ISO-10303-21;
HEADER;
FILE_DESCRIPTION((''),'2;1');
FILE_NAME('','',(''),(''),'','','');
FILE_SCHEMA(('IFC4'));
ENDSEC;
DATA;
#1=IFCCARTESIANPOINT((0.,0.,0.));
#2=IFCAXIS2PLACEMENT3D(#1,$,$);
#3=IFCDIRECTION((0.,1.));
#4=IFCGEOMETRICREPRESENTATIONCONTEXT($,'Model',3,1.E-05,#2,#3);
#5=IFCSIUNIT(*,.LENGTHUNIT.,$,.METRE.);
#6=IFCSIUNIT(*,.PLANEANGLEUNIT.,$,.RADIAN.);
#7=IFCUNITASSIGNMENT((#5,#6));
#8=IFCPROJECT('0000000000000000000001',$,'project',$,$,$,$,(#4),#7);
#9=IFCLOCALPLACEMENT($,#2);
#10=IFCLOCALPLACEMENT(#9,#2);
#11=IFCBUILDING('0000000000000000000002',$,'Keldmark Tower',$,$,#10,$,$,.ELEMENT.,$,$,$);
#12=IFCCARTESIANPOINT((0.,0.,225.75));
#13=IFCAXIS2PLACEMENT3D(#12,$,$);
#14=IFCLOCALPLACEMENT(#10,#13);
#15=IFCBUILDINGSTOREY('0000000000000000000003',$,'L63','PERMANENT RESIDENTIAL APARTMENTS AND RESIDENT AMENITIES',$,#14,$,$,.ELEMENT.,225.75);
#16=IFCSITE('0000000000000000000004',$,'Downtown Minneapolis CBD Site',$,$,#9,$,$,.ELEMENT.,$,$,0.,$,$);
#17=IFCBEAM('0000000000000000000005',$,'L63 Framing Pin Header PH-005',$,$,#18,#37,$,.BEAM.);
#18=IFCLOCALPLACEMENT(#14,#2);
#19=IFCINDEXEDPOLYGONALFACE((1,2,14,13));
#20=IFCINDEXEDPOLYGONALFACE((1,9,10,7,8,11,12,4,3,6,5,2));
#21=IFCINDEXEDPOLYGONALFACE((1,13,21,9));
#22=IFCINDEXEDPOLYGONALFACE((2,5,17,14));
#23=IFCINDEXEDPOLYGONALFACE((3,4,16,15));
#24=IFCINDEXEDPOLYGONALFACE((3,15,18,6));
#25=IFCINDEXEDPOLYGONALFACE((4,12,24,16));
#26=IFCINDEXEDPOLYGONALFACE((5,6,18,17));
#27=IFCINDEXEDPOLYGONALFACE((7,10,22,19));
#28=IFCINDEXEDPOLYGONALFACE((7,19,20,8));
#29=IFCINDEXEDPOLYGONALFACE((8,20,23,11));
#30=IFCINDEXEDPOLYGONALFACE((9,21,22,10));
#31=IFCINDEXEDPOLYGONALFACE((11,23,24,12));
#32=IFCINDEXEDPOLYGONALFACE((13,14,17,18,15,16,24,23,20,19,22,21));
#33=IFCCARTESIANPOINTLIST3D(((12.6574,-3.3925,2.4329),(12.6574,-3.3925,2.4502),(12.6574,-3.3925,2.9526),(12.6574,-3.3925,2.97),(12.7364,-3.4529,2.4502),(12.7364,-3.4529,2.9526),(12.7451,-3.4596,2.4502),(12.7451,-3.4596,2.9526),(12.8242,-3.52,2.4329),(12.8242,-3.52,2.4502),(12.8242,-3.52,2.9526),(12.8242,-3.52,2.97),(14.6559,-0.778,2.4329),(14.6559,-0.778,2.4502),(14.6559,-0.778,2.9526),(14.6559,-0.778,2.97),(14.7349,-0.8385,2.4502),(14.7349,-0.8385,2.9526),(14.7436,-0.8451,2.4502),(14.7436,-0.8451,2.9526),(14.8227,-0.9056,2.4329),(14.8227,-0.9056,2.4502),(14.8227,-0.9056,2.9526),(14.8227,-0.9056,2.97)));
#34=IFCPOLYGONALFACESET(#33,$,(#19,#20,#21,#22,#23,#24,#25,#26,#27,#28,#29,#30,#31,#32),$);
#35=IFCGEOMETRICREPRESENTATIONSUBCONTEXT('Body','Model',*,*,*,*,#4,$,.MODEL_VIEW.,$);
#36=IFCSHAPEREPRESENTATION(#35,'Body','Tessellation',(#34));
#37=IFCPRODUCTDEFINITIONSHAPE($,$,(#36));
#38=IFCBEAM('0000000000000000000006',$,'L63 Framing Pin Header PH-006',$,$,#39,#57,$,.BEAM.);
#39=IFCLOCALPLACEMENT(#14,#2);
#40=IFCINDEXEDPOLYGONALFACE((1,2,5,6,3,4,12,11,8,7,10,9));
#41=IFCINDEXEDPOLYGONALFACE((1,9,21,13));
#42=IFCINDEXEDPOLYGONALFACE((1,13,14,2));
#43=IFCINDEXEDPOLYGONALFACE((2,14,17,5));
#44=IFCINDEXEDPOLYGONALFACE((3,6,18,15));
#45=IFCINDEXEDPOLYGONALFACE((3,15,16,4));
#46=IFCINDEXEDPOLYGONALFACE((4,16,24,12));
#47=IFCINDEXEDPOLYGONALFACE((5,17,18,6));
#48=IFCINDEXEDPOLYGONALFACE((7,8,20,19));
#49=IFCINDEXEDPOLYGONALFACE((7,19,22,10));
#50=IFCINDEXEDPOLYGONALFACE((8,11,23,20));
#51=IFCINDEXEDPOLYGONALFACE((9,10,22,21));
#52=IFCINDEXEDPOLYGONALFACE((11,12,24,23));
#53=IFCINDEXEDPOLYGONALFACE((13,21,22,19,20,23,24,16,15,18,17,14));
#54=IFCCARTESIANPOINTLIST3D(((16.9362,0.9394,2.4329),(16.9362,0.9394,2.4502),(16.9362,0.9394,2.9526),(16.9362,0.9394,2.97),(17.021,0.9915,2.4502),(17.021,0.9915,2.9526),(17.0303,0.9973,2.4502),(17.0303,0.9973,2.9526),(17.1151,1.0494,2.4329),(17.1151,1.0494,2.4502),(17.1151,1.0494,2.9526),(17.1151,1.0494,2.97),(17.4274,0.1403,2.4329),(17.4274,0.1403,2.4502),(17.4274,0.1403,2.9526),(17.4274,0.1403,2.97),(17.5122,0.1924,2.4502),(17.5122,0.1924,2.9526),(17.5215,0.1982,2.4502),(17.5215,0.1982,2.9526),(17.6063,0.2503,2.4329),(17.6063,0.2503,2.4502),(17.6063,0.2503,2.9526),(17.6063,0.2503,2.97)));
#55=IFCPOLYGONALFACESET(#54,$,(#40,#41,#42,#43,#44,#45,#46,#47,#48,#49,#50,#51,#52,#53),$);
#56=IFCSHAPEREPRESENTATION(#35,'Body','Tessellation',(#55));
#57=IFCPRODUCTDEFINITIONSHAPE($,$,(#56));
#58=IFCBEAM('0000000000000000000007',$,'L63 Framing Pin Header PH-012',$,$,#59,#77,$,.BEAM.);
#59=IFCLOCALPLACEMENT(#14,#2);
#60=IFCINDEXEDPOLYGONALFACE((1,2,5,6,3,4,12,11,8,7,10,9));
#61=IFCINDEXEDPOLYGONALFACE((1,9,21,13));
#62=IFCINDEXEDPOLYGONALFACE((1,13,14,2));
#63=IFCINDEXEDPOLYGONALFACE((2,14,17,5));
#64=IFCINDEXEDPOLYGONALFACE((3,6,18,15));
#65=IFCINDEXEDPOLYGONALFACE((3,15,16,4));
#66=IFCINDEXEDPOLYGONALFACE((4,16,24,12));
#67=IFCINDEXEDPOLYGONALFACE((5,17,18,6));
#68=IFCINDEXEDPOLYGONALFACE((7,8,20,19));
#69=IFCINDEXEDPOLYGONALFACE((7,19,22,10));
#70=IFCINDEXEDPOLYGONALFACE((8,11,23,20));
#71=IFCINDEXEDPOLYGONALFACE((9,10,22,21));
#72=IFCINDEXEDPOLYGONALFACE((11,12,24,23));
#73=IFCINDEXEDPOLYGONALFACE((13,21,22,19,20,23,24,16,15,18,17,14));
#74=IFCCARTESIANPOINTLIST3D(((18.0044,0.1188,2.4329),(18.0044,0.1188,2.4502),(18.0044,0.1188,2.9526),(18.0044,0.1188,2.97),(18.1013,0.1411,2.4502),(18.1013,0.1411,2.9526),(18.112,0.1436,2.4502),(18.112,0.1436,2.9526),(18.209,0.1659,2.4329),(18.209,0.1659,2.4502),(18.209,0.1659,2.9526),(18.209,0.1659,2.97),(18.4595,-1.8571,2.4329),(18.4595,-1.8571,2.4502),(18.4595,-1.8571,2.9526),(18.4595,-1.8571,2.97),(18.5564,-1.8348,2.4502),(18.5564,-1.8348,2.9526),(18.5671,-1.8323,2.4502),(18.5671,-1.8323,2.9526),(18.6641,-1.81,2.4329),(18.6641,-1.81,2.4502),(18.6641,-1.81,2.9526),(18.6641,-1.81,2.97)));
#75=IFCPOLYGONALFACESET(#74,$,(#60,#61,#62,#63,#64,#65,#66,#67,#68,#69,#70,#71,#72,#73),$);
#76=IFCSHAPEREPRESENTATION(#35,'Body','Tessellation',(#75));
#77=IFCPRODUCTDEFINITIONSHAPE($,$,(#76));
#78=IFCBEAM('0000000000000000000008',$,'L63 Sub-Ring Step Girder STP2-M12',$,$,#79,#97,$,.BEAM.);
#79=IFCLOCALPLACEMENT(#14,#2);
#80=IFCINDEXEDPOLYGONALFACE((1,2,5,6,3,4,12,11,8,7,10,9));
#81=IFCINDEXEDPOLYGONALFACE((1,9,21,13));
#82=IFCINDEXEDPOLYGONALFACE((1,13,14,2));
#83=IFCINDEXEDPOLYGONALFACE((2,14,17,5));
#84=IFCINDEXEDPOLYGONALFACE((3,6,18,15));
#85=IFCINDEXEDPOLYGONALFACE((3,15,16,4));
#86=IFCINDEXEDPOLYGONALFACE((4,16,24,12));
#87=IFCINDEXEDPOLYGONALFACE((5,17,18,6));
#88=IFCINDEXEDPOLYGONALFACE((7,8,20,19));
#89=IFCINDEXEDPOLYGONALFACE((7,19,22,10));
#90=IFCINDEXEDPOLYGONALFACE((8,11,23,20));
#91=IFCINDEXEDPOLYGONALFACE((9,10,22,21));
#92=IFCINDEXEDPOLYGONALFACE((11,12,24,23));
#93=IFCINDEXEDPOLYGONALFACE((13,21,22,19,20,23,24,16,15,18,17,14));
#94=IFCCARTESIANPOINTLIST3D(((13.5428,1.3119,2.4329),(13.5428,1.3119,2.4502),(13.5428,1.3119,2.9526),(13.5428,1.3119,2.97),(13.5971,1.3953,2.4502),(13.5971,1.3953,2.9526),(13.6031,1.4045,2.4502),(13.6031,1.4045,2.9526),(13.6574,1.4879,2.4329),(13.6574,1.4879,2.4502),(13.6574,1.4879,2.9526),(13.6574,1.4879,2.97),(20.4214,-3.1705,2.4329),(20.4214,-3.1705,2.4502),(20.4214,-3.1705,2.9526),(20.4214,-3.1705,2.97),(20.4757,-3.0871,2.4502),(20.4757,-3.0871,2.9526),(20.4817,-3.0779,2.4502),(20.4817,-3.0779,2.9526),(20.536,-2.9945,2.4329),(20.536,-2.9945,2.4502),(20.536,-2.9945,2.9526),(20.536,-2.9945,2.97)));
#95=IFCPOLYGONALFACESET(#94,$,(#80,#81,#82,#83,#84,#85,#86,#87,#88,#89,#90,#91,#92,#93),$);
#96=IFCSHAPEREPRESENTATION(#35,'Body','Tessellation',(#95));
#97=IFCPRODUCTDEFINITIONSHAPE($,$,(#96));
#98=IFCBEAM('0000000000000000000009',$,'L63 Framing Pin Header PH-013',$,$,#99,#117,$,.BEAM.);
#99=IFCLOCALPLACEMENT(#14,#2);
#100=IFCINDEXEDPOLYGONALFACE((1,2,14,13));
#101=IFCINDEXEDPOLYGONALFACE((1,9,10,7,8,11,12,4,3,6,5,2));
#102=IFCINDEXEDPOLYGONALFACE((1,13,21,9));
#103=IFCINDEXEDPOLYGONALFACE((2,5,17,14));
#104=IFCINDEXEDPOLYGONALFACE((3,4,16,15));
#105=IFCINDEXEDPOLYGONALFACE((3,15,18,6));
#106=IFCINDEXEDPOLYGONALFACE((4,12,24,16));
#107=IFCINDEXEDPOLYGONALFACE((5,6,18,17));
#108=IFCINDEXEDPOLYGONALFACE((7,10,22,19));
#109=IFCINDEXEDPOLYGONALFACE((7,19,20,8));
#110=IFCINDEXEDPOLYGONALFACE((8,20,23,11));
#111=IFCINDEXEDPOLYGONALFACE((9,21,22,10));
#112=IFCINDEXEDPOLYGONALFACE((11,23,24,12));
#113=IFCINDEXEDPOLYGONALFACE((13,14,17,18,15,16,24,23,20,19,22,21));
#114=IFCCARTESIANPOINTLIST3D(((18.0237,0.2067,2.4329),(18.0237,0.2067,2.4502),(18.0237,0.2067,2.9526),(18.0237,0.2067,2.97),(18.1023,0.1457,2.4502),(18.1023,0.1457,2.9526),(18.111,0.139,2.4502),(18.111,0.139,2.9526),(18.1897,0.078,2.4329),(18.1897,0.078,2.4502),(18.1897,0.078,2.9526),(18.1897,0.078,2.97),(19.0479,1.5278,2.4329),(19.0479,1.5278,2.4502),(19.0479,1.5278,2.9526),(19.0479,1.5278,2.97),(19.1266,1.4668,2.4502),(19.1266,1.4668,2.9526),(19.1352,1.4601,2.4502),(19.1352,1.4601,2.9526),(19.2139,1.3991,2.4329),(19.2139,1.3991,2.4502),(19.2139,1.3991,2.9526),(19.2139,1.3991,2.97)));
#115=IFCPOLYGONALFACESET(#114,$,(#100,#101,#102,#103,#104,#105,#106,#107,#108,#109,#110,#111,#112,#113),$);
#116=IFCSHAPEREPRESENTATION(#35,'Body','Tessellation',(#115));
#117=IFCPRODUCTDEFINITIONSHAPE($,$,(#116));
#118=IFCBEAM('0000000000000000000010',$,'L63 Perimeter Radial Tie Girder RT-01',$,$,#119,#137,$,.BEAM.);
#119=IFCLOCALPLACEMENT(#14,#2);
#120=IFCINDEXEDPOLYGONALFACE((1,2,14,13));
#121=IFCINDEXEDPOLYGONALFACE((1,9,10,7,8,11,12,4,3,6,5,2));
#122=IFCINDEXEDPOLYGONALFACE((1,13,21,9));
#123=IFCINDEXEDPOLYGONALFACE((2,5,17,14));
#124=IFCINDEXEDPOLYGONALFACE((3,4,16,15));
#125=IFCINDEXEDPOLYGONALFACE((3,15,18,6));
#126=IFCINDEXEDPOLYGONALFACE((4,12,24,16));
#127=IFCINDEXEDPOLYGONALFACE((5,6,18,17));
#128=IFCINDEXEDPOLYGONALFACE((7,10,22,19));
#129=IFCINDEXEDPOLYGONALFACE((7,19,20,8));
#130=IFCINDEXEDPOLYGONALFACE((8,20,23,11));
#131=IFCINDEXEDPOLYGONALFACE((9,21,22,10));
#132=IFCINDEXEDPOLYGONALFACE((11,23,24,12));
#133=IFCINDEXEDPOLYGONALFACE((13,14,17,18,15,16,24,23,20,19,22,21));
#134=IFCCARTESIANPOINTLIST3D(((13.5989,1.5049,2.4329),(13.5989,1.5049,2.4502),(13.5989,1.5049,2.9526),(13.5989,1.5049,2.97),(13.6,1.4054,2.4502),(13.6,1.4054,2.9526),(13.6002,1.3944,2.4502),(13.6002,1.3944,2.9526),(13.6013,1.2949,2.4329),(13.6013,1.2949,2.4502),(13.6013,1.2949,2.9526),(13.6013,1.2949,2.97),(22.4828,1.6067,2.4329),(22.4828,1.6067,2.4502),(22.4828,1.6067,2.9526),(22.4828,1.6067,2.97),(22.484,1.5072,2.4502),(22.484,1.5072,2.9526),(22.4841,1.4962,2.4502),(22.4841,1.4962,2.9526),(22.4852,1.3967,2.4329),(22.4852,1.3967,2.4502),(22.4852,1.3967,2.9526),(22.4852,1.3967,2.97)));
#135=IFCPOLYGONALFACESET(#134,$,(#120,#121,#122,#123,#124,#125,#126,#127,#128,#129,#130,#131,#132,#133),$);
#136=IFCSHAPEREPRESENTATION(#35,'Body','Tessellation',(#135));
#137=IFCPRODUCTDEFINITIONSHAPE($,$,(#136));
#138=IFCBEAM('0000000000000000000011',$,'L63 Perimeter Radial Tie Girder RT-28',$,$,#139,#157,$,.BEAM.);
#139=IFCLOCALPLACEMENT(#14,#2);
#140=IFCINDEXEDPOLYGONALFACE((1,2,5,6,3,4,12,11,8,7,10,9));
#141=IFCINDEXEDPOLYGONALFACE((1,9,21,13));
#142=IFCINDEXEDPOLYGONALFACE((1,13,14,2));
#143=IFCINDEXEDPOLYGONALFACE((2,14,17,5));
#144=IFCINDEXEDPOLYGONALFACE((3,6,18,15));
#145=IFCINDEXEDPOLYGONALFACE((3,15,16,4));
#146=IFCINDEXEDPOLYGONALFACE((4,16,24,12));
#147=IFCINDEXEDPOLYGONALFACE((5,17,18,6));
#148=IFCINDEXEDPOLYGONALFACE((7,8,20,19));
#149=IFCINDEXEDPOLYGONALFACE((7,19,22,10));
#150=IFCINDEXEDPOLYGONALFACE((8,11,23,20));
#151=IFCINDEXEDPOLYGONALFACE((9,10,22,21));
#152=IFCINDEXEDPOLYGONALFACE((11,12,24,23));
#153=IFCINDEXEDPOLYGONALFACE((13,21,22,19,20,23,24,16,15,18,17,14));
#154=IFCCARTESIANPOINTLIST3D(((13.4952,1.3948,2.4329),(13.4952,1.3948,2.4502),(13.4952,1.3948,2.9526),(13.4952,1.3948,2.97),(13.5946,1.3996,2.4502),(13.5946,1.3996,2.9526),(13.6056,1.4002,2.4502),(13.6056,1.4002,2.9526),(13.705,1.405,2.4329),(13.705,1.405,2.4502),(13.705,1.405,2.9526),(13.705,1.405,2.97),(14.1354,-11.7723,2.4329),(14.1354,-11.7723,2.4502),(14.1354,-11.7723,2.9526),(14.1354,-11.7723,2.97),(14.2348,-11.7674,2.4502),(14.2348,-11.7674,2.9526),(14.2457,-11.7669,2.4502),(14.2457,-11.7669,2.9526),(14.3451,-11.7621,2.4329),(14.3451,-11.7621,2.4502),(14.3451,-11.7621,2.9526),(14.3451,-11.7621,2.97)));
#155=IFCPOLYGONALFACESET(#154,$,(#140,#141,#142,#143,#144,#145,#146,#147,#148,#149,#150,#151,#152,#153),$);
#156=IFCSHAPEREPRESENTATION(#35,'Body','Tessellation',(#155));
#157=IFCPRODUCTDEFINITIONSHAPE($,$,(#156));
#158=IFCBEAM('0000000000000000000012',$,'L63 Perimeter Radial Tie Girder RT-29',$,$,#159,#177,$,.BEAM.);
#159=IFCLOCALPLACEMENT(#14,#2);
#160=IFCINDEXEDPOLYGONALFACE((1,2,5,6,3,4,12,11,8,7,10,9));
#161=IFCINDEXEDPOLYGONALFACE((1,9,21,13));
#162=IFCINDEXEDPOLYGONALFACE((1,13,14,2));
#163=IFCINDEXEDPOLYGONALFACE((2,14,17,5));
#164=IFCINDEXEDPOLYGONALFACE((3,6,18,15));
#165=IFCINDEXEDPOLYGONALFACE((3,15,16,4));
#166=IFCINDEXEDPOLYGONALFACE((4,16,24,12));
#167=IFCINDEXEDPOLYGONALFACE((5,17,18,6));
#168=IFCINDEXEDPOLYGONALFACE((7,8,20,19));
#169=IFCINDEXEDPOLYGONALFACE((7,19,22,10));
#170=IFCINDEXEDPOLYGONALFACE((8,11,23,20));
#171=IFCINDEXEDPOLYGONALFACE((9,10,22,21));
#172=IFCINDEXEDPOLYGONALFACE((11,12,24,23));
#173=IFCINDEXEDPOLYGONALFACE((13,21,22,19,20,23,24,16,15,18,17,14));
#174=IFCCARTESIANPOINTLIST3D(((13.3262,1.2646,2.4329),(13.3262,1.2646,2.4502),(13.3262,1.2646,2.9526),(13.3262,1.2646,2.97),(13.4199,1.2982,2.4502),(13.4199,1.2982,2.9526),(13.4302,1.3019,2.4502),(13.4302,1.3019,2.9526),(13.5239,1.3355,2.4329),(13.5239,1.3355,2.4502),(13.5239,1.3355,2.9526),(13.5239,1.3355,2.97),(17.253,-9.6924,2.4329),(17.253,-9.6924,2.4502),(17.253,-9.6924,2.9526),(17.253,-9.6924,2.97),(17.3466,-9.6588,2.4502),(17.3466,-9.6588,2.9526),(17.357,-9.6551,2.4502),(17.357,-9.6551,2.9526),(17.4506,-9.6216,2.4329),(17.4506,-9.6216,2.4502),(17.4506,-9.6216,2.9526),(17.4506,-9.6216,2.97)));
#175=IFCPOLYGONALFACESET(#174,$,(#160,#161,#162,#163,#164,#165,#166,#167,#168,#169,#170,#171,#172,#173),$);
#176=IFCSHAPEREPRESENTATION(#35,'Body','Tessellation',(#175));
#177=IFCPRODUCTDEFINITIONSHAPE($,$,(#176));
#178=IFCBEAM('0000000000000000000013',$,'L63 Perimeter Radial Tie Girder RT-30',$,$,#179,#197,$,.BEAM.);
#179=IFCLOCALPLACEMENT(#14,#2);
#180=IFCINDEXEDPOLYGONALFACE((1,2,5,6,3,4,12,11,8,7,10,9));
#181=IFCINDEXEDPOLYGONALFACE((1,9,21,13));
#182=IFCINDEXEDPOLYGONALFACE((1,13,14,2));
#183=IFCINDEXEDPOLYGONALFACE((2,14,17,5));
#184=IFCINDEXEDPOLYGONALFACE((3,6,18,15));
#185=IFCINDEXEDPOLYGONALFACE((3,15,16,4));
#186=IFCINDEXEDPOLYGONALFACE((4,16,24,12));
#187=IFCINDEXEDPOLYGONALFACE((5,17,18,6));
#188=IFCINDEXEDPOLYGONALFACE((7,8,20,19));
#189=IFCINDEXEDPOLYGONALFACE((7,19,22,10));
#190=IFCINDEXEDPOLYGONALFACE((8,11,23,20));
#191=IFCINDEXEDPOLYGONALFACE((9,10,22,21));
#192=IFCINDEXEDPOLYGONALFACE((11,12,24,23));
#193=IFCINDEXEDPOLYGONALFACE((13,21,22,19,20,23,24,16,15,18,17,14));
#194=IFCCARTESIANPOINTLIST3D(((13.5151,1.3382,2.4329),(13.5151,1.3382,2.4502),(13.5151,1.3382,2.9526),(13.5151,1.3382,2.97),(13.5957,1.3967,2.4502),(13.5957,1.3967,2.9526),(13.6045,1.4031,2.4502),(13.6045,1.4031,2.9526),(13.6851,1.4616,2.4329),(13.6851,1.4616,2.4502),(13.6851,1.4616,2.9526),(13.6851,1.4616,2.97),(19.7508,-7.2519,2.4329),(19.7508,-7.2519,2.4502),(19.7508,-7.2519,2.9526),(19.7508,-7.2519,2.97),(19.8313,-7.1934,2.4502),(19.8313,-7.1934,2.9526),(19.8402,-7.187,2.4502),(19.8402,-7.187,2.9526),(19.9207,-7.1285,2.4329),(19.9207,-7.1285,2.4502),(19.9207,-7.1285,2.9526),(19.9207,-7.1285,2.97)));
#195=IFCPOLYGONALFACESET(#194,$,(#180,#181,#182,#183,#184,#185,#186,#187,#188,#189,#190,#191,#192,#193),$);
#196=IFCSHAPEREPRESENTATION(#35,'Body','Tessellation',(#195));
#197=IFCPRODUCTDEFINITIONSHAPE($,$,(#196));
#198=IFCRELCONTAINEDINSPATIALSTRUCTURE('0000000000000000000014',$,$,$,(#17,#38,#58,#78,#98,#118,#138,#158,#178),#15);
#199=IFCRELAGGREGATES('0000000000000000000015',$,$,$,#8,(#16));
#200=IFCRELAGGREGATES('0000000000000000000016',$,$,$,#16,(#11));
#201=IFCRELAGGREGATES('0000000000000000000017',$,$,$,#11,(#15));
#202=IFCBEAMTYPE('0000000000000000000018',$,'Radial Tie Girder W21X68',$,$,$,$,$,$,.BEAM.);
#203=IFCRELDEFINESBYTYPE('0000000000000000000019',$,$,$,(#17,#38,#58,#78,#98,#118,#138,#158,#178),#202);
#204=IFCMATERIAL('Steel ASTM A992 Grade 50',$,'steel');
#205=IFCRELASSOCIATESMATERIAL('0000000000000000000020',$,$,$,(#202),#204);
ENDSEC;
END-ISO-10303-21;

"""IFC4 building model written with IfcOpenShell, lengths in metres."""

from ifc_helpers import new_model, si_unit, direction, frame, origin, origin_2d, place, context, subcontext, project, spatial, i_section, extrude, material, material_profile, profile_set, type_object, element, save


model = new_model("IFC4")

# Units and contexts
model_context = context("Model", 3, precision=1e-05, world=origin(), true_north=direction((0.0, 1.0)))
body_context = subcontext(model_context, "Body", "Model", "MODEL_VIEW")
ifc_project = project(units=[si_unit("LENGTHUNIT", "METRE"), si_unit("PLANEANGLEUNIT", "RADIAN")], contexts=[model_context])

# Site, building, storey
site_placement = place(None, origin())
site = spatial("IfcSite", under=ifc_project, at=site_placement, Name="Downtown Minneapolis CBD Site", CompositionType="ELEMENT", RefElevation=0.0)
building_placement = place(site_placement, origin())
building = spatial("IfcBuilding", under=site, at=building_placement, Name="Keldmark Tower", CompositionType="ELEMENT")
storey_placement = place(building_placement, frame((0.0, 0.0, 225.75)))
storey = spatial("IfcBuildingStorey", under=building, at=storey_placement, Name="L63", Description="PERMANENT RESIDENTIAL APARTMENTS AND RESIDENT AMENITIES", CompositionType="ELEMENT", Elevation=225.75)

# Beams
ifc_material_1 = material(Name="Steel ASTM A992 Grade 50", Category="steel")
ifc_material_profile_1 = material_profile(ifc_material_1, i_section(OverallWidth=0.21, OverallDepth=0.5371, WebThickness=0.011, FlangeThickness=0.0173, at=origin_2d()), Name="W21X68")
ifc_profile_set_1 = profile_set([ifc_material_profile_1], Name="Steel ASTM A992 Grade 50")
beam_type_1 = type_object("IfcBeamType", Name="Radial Tie Girder W21X68", PredefinedType="BEAM", material=ifc_profile_set_1)
beam_1_placement = place(storey_placement, frame((14.7393, -0.8418, 2.7014), z_axis=(-0.607299, -0.794474, 0.0), x_axis=(0.794474, -0.607299, 0.0)))
element("IfcBeam", 1, at=beam_1_placement, inside=storey, type_object=beam_type_1, Name="L63 Framing Pin Header PH-005", PredefinedType="BEAM", context=body_context, shape_type="SweptSolid", body=[
    extrude(i_section(OverallWidth=0.21, OverallDepth=0.5371, WebThickness=0.011, FlangeThickness=0.0173, at=origin_2d()), origin(), (0.0, 0.0, 1.0), 3.2908),
])
beam_2_placement = place(storey_placement, frame((17.0256, 0.9944, 2.7014), z_axis=(0.523691, -0.851908, 0.0), x_axis=(0.851908, 0.523691, 0.0)))
element("IfcBeam", 2, at=beam_2_placement, inside=storey, type_object=beam_type_1, Name="L63 Framing Pin Header PH-006", PredefinedType="BEAM", context=body_context, shape_type="SweptSolid", body=[
    extrude(i_section(OverallWidth=0.21, OverallDepth=0.5371, WebThickness=0.011, FlangeThickness=0.0173, at=origin_2d()), origin(), (0.0, 0.0, 1.0), 0.938),
])
beam_3_placement = place(storey_placement, frame((18.1067, 0.1423, 2.7014), z_axis=(0.224446, -0.974486, 0.0), x_axis=(0.974486, 0.224446, 0.0)))
element("IfcBeam", 3, at=beam_3_placement, inside=storey, type_object=beam_type_1, Name="L63 Framing Pin Header PH-012", PredefinedType="BEAM", context=body_context, shape_type="SweptSolid", body=[
    extrude(i_section(OverallWidth=0.21, OverallDepth=0.5371, WebThickness=0.011, FlangeThickness=0.0173, at=origin_2d()), origin(), (0.0, 0.0, 1.0), 2.0276),
])
beam_4_placement = place(storey_placement, frame((13.6001, 1.3999, 2.7014), z_axis=(0.837815, -0.545955, 0.0), x_axis=(0.545955, 0.837815, 0.0)))
element("IfcBeam", 4, at=beam_4_placement, inside=storey, type_object=beam_type_1, Name="L63 Sub-Ring Step Girder STP2-M12", PredefinedType="BEAM", context=body_context, shape_type="SweptSolid", body=[
    extrude(i_section(OverallWidth=0.21, OverallDepth=0.5371, WebThickness=0.011, FlangeThickness=0.0173, at=origin_2d()), origin(), (0.0, 0.0, 1.0), 8.2102),
])
beam_5_placement = place(storey_placement, frame((18.1067, 0.1423, 2.7014), z_axis=(0.612706, 0.790311, 0.0), x_axis=(-0.790311, 0.612706, 0.0)))
element("IfcBeam", 5, at=beam_5_placement, inside=storey, type_object=beam_type_1, Name="L63 Framing Pin Header PH-013", PredefinedType="BEAM", context=body_context, shape_type="SweptSolid", body=[
    extrude(i_section(OverallWidth=0.21, OverallDepth=0.5371, WebThickness=0.011, FlangeThickness=0.0173, at=origin_2d()), origin(), (0.0, 0.0, 1.0), 1.6716),
])
beam_6_placement = place(storey_placement, frame((13.6001, 1.3999, 2.7014), z_axis=(0.999934, 0.011459, 0.0), x_axis=(-0.011459, 0.999934, 0.0)))
element("IfcBeam", 6, at=beam_6_placement, inside=storey, type_object=beam_type_1, Name="L63 Perimeter Radial Tie Girder RT-01", PredefinedType="BEAM", context=body_context, shape_type="SweptSolid", body=[
    extrude(i_section(OverallWidth=0.21, OverallDepth=0.5371, WebThickness=0.011, FlangeThickness=0.0173, at=origin_2d()), origin(), (0.0, 0.0, 1.0), 8.8845),
])
beam_7_placement = place(storey_placement, frame((13.6001, 1.3999, 2.7014), z_axis=(0.048559, -0.99882, 0.0), x_axis=(0.99882, 0.048559, 0.0)))
element("IfcBeam", 7, at=beam_7_placement, inside=storey, type_object=beam_type_1, Name="L63 Perimeter Radial Tie Girder RT-28", PredefinedType="BEAM", context=body_context, shape_type="SweptSolid", body=[
    extrude(i_section(OverallWidth=0.21, OverallDepth=0.5371, WebThickness=0.011, FlangeThickness=0.0173, at=origin_2d()), origin(), (0.0, 0.0, 1.0), 13.1826),
])
beam_8_placement = place(storey_placement, frame((13.425, 1.3, 2.7014), z_axis=(0.337367, -0.941373, 0.0), x_axis=(0.941373, 0.337367, 0.0)))
element("IfcBeam", 8, at=beam_8_placement, inside=storey, type_object=beam_type_1, Name="L63 Perimeter Radial Tie Girder RT-29", PredefinedType="BEAM", context=body_context, shape_type="SweptSolid", body=[
    extrude(i_section(OverallWidth=0.21, OverallDepth=0.5371, WebThickness=0.011, FlangeThickness=0.0173, at=origin_2d()), origin(), (0.0, 0.0, 1.0), 11.6394),
])
beam_9_placement = place(storey_placement, frame((13.6001, 1.3999, 2.7014), z_axis=(0.587448, -0.809262, 0.0), x_axis=(0.809262, 0.587448, 0.0)))
element("IfcBeam", 9, at=beam_9_placement, inside=storey, type_object=beam_type_1, Name="L63 Perimeter Radial Tie Girder RT-30", PredefinedType="BEAM", context=body_context, shape_type="SweptSolid", body=[
    extrude(i_section(OverallWidth=0.21, OverallDepth=0.5371, WebThickness=0.011, FlangeThickness=0.0173, at=origin_2d()), origin(), (0.0, 0.0, 1.0), 10.6147),
])

save(model, "model.ifc")
